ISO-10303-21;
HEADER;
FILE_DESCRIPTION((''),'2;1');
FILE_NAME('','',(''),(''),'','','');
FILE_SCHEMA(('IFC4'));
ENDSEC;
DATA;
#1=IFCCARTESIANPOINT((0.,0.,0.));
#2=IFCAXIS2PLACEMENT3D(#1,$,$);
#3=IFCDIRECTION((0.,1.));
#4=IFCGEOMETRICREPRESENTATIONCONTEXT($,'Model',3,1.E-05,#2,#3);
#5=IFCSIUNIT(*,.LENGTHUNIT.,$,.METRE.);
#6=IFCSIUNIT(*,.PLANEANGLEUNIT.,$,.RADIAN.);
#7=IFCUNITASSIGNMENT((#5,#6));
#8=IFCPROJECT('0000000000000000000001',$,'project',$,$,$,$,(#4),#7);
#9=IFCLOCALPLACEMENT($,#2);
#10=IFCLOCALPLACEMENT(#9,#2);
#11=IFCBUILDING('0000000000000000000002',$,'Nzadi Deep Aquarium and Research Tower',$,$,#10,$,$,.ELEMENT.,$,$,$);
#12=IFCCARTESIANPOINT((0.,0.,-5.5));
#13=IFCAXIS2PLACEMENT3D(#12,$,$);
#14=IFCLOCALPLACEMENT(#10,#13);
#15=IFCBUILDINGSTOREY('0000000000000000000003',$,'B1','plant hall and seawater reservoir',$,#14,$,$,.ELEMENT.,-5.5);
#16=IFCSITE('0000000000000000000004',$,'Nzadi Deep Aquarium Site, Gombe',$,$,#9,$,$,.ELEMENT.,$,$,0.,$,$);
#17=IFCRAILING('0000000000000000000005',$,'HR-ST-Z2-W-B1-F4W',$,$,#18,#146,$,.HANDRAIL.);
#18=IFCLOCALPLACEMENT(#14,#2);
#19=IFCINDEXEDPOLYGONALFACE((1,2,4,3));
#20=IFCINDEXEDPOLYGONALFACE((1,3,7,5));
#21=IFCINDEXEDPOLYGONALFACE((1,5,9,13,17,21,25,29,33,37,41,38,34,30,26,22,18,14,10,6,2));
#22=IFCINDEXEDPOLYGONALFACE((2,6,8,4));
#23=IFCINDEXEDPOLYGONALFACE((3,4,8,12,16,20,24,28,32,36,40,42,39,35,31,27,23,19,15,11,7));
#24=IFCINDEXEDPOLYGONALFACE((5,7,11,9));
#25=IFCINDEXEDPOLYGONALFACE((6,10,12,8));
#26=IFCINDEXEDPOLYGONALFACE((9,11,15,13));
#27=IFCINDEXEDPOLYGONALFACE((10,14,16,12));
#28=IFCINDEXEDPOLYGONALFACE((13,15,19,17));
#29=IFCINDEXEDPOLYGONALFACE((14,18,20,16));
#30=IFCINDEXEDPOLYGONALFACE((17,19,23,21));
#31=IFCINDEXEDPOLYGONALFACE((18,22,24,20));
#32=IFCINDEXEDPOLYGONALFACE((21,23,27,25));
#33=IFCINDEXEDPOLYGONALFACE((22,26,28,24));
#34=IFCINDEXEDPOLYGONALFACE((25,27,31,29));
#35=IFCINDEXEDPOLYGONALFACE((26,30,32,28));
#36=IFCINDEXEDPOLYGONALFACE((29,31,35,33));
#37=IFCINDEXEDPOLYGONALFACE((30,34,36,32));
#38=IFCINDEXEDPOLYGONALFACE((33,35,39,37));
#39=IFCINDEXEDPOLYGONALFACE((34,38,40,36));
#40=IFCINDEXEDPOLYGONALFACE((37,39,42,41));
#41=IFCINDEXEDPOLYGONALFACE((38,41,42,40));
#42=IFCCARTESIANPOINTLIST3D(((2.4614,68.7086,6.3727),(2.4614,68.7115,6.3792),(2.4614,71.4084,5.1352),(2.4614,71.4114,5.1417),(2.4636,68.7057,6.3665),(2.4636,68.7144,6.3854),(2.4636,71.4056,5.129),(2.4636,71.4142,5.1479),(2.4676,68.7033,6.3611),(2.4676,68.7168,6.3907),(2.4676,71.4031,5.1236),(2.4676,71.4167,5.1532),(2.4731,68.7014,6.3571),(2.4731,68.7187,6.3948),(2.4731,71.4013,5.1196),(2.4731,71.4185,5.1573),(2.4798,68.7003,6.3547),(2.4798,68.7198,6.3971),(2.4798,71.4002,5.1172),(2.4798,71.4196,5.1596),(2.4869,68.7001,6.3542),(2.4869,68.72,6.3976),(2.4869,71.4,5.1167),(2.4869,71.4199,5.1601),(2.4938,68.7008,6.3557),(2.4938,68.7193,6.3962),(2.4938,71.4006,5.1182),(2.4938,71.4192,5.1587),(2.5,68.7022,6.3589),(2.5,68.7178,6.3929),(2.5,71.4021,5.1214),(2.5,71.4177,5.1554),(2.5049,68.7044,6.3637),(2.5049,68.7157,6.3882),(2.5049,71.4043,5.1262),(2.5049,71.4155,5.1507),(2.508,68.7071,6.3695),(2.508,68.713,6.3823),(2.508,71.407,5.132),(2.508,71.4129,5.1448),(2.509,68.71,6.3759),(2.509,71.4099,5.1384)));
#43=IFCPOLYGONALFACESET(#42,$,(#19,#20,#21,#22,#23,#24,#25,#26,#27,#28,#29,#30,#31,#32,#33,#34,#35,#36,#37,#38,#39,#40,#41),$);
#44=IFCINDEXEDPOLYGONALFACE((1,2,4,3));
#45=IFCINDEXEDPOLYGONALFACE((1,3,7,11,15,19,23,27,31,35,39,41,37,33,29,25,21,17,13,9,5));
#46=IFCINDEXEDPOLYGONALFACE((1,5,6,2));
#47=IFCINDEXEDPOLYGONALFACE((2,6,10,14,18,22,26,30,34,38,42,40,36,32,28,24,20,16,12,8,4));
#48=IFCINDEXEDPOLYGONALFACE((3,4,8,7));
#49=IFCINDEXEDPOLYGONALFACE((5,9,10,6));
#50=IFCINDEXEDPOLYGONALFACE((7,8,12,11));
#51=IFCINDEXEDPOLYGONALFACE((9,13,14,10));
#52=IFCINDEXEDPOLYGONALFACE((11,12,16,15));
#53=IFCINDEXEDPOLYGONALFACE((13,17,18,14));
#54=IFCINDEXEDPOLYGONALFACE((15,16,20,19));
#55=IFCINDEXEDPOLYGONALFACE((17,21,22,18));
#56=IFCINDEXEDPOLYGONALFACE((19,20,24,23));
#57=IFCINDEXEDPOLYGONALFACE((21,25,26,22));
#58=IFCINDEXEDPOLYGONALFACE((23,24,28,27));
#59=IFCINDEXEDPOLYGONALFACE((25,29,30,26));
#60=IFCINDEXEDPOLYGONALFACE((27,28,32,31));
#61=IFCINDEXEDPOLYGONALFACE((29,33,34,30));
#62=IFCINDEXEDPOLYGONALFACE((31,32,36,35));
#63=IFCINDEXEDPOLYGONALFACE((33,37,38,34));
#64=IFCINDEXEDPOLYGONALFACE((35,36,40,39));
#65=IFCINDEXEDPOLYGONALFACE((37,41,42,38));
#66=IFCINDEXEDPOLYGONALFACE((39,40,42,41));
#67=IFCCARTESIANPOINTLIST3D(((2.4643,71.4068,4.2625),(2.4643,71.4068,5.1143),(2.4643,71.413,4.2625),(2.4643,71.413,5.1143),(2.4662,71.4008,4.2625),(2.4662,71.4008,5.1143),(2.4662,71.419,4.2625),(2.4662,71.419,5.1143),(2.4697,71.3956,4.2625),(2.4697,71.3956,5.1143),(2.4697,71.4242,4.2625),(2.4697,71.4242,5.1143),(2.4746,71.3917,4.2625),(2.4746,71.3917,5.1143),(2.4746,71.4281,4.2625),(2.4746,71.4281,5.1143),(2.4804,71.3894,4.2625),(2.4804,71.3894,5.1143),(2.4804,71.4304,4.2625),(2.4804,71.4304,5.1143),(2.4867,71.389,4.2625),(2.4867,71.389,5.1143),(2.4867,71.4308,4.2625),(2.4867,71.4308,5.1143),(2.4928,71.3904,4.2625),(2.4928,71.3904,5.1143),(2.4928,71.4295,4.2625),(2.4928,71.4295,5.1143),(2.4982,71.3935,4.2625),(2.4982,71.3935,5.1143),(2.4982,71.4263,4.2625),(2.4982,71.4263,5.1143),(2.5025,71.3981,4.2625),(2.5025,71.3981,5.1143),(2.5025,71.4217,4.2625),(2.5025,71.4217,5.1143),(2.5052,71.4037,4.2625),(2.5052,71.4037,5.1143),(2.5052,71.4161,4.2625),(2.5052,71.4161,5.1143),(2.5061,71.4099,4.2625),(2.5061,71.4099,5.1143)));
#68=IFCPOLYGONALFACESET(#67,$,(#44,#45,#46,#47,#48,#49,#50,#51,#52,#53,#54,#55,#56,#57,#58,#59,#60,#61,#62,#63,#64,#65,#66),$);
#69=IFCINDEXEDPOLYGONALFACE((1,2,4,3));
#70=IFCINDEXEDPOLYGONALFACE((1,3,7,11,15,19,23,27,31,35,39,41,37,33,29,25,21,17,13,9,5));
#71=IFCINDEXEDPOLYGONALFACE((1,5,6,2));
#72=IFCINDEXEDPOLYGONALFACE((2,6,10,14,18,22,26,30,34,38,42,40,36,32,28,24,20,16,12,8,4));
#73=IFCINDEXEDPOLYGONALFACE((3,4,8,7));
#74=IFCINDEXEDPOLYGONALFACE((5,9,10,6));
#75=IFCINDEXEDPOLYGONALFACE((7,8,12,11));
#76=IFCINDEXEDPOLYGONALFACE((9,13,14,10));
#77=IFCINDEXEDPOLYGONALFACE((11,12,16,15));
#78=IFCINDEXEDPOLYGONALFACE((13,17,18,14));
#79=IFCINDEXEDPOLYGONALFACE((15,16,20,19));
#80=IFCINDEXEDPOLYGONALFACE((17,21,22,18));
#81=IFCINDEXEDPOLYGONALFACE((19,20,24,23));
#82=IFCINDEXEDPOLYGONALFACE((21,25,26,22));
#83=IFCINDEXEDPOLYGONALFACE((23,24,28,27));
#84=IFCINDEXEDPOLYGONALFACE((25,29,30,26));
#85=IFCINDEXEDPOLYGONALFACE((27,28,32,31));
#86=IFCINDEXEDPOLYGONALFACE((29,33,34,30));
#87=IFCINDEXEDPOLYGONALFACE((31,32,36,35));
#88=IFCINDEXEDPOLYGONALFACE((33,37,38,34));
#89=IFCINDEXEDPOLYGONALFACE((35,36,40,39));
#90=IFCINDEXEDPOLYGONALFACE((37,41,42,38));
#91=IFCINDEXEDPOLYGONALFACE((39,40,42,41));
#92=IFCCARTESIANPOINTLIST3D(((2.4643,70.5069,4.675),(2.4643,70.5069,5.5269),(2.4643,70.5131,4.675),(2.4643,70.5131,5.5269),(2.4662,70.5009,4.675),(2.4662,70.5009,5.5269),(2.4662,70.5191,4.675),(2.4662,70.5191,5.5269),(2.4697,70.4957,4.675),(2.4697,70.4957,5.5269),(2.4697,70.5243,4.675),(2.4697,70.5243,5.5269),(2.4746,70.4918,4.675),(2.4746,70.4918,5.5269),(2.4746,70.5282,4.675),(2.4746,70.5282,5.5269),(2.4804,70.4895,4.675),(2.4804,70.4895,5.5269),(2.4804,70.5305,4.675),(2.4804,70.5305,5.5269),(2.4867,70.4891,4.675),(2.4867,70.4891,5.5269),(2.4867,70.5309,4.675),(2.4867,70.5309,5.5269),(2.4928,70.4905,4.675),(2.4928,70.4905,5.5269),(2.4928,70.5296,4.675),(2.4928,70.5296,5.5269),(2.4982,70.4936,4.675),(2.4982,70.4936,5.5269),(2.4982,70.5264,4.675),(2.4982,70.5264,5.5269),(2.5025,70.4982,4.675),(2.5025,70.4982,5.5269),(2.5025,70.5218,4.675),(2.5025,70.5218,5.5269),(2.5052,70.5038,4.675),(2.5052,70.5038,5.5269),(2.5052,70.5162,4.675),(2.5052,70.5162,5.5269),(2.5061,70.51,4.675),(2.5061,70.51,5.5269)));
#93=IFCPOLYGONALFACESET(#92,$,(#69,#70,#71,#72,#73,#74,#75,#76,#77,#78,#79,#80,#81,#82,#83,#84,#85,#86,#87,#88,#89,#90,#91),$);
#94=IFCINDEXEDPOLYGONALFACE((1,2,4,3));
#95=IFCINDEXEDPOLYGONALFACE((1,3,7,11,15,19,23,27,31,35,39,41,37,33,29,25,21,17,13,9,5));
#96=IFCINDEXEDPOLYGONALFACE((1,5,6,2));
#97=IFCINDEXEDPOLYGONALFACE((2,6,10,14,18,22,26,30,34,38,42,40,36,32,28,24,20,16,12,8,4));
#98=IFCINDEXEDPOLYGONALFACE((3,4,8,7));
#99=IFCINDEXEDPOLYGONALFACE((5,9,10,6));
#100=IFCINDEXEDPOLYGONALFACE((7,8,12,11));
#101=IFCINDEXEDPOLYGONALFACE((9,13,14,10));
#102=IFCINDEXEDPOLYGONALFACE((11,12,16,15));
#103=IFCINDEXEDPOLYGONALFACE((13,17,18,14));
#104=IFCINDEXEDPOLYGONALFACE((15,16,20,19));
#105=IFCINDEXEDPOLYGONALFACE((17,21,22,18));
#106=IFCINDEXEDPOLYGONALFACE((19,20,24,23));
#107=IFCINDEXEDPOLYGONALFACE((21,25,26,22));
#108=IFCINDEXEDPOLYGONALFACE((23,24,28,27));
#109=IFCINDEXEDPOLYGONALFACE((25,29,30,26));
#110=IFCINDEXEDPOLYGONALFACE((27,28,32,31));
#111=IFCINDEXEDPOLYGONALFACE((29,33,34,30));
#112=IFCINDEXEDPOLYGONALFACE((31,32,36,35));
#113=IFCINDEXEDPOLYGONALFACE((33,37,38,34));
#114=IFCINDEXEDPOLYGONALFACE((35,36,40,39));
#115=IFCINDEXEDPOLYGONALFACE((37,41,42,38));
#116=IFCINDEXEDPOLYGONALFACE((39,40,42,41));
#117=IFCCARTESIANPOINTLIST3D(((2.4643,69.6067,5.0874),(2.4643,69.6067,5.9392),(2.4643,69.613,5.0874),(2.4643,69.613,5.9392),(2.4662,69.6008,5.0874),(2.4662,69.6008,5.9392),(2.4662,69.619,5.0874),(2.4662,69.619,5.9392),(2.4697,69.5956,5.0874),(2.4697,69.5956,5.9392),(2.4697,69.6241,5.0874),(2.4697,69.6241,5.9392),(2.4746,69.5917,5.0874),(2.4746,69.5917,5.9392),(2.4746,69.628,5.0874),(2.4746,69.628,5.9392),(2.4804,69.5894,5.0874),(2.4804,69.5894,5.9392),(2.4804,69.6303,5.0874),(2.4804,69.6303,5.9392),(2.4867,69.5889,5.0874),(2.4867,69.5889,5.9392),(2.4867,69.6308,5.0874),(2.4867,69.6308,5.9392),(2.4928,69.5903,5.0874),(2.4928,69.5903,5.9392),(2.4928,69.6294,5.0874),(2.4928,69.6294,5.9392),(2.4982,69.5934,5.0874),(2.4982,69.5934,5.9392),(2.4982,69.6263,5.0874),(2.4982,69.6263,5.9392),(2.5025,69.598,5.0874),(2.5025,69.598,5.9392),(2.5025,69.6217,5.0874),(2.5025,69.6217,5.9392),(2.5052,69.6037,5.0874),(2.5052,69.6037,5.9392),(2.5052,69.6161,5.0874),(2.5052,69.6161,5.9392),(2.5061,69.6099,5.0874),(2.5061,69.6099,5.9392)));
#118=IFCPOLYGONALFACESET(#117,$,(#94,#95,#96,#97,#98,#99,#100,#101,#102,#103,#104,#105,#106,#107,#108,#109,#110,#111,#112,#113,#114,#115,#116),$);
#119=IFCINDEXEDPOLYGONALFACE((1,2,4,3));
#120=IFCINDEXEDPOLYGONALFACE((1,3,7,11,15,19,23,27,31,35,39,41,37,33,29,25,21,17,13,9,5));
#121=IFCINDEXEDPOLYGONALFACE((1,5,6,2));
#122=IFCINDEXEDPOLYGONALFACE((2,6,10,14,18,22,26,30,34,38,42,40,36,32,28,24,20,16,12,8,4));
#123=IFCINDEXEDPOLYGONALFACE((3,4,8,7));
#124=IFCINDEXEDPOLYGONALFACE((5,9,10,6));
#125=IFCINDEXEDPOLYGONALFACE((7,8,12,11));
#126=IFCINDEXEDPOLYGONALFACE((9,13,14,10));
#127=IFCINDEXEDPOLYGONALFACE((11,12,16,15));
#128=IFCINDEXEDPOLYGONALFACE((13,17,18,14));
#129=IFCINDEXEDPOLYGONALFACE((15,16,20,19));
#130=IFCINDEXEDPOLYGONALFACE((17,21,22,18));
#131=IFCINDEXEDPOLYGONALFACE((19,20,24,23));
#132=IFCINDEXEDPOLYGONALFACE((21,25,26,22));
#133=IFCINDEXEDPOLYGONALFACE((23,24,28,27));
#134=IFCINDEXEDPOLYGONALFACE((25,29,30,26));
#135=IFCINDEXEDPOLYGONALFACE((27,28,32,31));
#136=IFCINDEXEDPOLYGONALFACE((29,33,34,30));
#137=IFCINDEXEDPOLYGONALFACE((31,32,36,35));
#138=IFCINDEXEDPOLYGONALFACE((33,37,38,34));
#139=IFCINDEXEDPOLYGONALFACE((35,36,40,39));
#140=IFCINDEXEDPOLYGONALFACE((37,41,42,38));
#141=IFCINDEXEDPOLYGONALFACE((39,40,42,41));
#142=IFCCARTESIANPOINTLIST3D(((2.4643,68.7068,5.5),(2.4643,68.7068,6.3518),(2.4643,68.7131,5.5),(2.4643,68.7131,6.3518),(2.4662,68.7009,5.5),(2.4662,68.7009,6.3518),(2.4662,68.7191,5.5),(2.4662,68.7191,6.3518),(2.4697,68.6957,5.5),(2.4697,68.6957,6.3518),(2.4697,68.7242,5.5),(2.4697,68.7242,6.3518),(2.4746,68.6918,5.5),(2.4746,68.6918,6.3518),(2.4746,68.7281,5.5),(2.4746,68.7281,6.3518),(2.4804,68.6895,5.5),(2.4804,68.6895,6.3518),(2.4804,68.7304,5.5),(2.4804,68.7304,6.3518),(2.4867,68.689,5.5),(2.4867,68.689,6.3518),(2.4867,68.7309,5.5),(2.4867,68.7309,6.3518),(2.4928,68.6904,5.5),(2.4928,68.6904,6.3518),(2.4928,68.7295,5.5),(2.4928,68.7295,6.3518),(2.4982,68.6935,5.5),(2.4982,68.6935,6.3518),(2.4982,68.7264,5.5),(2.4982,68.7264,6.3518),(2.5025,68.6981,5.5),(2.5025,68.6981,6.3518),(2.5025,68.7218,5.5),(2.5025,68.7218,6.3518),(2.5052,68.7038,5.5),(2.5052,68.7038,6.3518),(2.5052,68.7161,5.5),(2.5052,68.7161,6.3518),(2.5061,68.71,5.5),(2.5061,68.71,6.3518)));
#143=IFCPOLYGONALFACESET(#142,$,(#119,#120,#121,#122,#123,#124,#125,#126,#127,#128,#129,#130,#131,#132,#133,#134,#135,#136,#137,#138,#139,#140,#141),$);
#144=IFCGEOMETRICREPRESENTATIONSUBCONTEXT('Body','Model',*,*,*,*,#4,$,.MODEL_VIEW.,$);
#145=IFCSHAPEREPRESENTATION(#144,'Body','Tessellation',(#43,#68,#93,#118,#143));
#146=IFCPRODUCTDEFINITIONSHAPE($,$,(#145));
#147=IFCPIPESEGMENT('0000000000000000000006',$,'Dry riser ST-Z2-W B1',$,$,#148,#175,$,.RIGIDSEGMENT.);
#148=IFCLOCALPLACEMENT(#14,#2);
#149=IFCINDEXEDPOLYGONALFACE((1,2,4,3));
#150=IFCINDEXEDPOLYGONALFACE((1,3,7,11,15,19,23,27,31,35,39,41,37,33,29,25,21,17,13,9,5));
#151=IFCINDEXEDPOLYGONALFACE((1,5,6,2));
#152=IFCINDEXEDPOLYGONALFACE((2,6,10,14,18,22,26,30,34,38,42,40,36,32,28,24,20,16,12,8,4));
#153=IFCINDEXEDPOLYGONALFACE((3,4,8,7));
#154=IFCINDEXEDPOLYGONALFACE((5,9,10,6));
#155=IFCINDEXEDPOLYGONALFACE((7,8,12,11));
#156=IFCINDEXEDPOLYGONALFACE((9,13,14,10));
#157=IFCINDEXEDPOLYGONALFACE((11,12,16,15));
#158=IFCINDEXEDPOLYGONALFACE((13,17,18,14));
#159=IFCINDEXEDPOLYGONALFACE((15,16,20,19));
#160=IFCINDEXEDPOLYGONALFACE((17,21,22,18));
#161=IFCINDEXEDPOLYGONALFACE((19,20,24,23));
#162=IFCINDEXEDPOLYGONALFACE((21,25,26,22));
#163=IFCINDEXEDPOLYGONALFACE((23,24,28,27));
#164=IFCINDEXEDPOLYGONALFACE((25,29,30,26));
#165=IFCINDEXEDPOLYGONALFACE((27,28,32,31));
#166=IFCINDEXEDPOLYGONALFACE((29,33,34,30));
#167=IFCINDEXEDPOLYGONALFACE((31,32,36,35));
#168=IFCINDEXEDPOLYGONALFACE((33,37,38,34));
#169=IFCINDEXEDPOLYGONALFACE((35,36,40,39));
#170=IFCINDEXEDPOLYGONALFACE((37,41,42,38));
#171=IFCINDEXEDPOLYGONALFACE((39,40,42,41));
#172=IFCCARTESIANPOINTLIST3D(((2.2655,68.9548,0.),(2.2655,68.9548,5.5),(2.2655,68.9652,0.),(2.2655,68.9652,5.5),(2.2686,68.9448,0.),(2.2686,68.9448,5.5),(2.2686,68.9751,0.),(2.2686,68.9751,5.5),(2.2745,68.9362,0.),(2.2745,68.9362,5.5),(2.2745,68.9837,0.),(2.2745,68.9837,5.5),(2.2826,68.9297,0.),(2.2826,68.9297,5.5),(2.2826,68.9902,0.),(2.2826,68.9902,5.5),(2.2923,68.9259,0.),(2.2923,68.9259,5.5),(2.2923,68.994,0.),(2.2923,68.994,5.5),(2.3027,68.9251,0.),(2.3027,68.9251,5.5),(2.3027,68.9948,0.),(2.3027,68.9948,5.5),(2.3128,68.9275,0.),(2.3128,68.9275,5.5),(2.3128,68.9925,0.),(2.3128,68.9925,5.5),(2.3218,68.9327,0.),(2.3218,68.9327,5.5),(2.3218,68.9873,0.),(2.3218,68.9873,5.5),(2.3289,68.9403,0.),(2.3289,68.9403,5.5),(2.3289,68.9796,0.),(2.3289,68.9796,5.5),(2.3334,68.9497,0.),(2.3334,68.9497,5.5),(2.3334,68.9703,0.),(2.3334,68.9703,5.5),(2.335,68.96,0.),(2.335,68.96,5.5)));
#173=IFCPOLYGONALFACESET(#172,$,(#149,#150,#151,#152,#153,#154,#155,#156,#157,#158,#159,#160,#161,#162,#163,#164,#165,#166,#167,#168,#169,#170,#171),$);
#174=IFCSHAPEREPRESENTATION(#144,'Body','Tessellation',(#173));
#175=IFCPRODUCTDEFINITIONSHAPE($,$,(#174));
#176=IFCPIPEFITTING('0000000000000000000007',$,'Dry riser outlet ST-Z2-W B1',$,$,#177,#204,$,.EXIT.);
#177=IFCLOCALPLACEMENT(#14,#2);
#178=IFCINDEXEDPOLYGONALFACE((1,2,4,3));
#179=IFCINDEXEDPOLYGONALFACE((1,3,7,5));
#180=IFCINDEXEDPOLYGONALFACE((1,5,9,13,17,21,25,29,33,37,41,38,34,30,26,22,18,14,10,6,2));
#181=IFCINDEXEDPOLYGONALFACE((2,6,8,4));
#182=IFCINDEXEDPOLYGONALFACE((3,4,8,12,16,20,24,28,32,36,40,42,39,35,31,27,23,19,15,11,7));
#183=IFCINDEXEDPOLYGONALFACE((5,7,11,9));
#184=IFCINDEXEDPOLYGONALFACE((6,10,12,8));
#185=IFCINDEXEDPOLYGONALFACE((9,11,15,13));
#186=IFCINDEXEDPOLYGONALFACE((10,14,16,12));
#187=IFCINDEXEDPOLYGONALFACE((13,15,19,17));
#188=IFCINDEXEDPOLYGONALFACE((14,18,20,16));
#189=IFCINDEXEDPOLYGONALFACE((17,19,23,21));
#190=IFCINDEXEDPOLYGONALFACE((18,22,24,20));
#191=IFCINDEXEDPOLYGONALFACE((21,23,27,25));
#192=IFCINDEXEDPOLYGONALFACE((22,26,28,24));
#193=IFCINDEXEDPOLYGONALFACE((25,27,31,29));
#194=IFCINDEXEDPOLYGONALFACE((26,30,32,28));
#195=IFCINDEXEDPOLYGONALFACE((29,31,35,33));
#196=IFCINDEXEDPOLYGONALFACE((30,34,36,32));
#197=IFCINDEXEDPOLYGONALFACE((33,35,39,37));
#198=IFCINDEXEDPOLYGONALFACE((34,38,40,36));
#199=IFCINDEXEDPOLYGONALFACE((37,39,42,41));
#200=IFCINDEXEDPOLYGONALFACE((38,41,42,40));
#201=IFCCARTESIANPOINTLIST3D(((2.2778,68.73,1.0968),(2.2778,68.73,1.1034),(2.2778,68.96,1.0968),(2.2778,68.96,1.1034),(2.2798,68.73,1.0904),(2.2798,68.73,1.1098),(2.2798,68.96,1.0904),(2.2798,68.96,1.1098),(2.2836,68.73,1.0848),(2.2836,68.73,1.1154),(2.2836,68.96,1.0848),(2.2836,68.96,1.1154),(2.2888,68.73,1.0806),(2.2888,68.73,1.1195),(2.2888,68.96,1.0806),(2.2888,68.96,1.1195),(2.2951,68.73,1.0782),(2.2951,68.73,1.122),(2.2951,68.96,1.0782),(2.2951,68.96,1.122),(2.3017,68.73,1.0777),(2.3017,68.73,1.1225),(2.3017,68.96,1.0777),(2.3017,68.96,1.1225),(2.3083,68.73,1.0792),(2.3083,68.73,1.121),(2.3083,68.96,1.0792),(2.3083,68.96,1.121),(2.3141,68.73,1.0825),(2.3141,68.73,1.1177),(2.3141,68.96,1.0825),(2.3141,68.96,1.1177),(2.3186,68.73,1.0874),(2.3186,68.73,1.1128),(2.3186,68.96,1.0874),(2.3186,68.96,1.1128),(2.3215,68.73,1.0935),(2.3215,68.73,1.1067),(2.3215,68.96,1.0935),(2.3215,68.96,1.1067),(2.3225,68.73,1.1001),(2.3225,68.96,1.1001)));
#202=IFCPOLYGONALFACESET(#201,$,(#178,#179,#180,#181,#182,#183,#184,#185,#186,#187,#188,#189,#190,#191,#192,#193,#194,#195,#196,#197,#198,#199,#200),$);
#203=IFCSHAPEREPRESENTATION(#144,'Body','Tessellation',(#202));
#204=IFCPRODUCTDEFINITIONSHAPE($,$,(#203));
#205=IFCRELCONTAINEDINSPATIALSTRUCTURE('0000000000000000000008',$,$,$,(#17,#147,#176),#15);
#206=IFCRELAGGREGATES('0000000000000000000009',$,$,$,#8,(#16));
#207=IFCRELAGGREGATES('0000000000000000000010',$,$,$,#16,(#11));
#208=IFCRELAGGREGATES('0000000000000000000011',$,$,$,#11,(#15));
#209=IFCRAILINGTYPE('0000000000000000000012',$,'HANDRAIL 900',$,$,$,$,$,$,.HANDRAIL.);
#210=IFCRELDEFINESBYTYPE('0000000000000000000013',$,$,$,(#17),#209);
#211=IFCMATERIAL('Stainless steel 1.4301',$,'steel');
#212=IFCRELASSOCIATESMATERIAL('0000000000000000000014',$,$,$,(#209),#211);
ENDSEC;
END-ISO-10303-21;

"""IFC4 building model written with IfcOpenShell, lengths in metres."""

from ifc_helpers import new_model, si_unit, direction, frame, origin, origin_2d, place, context, subcontext, project, spatial, circle, extrude, material, type_object, element, save


model = new_model("IFC4")

# Units and contexts
model_context = context("Model", 3, precision=1e-05, world=origin(), true_north=direction((0.0, 1.0)))
body_context = subcontext(model_context, "Body", "Model", "MODEL_VIEW")
ifc_project = project(units=[si_unit("LENGTHUNIT", "METRE"), si_unit("PLANEANGLEUNIT", "RADIAN")], contexts=[model_context])

# Site, building, storey
site_placement = place(None, origin())
site = spatial("IfcSite", under=ifc_project, at=site_placement, Name="Nzadi Deep Aquarium Site, Gombe", CompositionType="ELEMENT", RefElevation=0.0)
building_placement = place(site_placement, origin())
building = spatial("IfcBuilding", under=site, at=building_placement, Name="Nzadi Deep Aquarium and Research Tower", CompositionType="ELEMENT")
storey_placement = place(building_placement, frame((0.0, 0.0, -5.5)))
storey = spatial("IfcBuildingStorey", under=building, at=storey_placement, Name="B1", Description="plant hall and seawater reservoir", CompositionType="ELEMENT", Elevation=-5.5)

# Railing
ifc_material_1 = material(Name="Stainless steel 1.4301", Category="steel")
railing_type = type_object("IfcRailingType", Name="HANDRAIL 900", PredefinedType="HANDRAIL", material=ifc_material_1)
for number, where, name in (
    (1, (2.4851, 71.4099, 4.2625), "HR-ST-Z2-W-B1-F4W"),
):
    element("IfcRailing", number, at=place(storey_placement, frame(where)), inside=storey, type_object=railing_type, Name=name, PredefinedType="HANDRAIL", context=body_context, shape_type="SweptSolid", body=[
        extrude(circle(Radius=0.0239, at=origin_2d()), frame((0.0, 0.0, 0.876), z_axis=(0.0, -0.909056, 0.416675), x_axis=(1.0, 0.0, 0.0)), (0.0, 0.0, 1.0), 2.97),
        extrude(circle(Radius=0.021, at=origin_2d()), origin(), (0.0, 0.0, 1.0), 0.8518),
        extrude(circle(Radius=0.021, at=origin_2d()), frame((0.0, -0.8999, 0.4126)), (0.0, 0.0, 1.0), 0.8518),
        extrude(circle(Radius=0.021, at=origin_2d()), frame((0.0, -1.8, 0.825)), (0.0, 0.0, 1.0), 0.8518),
        extrude(circle(Radius=0.021, at=origin_2d()), frame((0.0, -2.7, 1.2375)), (0.0, 0.0, 1.0), 0.8518),
    ])

# Pipe segment
pipe_segment_placement = place(storey_placement, frame((2.3, 68.96, 0.0), z_axis=(0.0, 0.0, 1.0), x_axis=(1.0, 0.0, 0.0)))
element("IfcPipeSegment", 2, at=pipe_segment_placement, inside=storey, Name="Dry riser ST-Z2-W B1", PredefinedType="RIGIDSEGMENT", context=body_context, shape_type="SweptSolid", body=[
    extrude(circle(Radius=0.0349, at=origin_2d()), origin(), (0.0, 0.0, 1.0), 5.5),
])

# Pipe fitting
pipe_fitting_placement = place(storey_placement, frame((2.3, 68.96, 1.1001), z_axis=(0.0, -1.0, 0.0), x_axis=(1.0, 0.0, 0.0)))
element("IfcPipeFitting", 3, at=pipe_fitting_placement, inside=storey, Name="Dry riser outlet ST-Z2-W B1", PredefinedType="EXIT", context=body_context, shape_type="SweptSolid", body=[
    extrude(circle(Radius=0.0225, at=origin_2d()), origin(), (0.0, 0.0, 1.0), 0.23),
])

save(model, "model.ifc")
